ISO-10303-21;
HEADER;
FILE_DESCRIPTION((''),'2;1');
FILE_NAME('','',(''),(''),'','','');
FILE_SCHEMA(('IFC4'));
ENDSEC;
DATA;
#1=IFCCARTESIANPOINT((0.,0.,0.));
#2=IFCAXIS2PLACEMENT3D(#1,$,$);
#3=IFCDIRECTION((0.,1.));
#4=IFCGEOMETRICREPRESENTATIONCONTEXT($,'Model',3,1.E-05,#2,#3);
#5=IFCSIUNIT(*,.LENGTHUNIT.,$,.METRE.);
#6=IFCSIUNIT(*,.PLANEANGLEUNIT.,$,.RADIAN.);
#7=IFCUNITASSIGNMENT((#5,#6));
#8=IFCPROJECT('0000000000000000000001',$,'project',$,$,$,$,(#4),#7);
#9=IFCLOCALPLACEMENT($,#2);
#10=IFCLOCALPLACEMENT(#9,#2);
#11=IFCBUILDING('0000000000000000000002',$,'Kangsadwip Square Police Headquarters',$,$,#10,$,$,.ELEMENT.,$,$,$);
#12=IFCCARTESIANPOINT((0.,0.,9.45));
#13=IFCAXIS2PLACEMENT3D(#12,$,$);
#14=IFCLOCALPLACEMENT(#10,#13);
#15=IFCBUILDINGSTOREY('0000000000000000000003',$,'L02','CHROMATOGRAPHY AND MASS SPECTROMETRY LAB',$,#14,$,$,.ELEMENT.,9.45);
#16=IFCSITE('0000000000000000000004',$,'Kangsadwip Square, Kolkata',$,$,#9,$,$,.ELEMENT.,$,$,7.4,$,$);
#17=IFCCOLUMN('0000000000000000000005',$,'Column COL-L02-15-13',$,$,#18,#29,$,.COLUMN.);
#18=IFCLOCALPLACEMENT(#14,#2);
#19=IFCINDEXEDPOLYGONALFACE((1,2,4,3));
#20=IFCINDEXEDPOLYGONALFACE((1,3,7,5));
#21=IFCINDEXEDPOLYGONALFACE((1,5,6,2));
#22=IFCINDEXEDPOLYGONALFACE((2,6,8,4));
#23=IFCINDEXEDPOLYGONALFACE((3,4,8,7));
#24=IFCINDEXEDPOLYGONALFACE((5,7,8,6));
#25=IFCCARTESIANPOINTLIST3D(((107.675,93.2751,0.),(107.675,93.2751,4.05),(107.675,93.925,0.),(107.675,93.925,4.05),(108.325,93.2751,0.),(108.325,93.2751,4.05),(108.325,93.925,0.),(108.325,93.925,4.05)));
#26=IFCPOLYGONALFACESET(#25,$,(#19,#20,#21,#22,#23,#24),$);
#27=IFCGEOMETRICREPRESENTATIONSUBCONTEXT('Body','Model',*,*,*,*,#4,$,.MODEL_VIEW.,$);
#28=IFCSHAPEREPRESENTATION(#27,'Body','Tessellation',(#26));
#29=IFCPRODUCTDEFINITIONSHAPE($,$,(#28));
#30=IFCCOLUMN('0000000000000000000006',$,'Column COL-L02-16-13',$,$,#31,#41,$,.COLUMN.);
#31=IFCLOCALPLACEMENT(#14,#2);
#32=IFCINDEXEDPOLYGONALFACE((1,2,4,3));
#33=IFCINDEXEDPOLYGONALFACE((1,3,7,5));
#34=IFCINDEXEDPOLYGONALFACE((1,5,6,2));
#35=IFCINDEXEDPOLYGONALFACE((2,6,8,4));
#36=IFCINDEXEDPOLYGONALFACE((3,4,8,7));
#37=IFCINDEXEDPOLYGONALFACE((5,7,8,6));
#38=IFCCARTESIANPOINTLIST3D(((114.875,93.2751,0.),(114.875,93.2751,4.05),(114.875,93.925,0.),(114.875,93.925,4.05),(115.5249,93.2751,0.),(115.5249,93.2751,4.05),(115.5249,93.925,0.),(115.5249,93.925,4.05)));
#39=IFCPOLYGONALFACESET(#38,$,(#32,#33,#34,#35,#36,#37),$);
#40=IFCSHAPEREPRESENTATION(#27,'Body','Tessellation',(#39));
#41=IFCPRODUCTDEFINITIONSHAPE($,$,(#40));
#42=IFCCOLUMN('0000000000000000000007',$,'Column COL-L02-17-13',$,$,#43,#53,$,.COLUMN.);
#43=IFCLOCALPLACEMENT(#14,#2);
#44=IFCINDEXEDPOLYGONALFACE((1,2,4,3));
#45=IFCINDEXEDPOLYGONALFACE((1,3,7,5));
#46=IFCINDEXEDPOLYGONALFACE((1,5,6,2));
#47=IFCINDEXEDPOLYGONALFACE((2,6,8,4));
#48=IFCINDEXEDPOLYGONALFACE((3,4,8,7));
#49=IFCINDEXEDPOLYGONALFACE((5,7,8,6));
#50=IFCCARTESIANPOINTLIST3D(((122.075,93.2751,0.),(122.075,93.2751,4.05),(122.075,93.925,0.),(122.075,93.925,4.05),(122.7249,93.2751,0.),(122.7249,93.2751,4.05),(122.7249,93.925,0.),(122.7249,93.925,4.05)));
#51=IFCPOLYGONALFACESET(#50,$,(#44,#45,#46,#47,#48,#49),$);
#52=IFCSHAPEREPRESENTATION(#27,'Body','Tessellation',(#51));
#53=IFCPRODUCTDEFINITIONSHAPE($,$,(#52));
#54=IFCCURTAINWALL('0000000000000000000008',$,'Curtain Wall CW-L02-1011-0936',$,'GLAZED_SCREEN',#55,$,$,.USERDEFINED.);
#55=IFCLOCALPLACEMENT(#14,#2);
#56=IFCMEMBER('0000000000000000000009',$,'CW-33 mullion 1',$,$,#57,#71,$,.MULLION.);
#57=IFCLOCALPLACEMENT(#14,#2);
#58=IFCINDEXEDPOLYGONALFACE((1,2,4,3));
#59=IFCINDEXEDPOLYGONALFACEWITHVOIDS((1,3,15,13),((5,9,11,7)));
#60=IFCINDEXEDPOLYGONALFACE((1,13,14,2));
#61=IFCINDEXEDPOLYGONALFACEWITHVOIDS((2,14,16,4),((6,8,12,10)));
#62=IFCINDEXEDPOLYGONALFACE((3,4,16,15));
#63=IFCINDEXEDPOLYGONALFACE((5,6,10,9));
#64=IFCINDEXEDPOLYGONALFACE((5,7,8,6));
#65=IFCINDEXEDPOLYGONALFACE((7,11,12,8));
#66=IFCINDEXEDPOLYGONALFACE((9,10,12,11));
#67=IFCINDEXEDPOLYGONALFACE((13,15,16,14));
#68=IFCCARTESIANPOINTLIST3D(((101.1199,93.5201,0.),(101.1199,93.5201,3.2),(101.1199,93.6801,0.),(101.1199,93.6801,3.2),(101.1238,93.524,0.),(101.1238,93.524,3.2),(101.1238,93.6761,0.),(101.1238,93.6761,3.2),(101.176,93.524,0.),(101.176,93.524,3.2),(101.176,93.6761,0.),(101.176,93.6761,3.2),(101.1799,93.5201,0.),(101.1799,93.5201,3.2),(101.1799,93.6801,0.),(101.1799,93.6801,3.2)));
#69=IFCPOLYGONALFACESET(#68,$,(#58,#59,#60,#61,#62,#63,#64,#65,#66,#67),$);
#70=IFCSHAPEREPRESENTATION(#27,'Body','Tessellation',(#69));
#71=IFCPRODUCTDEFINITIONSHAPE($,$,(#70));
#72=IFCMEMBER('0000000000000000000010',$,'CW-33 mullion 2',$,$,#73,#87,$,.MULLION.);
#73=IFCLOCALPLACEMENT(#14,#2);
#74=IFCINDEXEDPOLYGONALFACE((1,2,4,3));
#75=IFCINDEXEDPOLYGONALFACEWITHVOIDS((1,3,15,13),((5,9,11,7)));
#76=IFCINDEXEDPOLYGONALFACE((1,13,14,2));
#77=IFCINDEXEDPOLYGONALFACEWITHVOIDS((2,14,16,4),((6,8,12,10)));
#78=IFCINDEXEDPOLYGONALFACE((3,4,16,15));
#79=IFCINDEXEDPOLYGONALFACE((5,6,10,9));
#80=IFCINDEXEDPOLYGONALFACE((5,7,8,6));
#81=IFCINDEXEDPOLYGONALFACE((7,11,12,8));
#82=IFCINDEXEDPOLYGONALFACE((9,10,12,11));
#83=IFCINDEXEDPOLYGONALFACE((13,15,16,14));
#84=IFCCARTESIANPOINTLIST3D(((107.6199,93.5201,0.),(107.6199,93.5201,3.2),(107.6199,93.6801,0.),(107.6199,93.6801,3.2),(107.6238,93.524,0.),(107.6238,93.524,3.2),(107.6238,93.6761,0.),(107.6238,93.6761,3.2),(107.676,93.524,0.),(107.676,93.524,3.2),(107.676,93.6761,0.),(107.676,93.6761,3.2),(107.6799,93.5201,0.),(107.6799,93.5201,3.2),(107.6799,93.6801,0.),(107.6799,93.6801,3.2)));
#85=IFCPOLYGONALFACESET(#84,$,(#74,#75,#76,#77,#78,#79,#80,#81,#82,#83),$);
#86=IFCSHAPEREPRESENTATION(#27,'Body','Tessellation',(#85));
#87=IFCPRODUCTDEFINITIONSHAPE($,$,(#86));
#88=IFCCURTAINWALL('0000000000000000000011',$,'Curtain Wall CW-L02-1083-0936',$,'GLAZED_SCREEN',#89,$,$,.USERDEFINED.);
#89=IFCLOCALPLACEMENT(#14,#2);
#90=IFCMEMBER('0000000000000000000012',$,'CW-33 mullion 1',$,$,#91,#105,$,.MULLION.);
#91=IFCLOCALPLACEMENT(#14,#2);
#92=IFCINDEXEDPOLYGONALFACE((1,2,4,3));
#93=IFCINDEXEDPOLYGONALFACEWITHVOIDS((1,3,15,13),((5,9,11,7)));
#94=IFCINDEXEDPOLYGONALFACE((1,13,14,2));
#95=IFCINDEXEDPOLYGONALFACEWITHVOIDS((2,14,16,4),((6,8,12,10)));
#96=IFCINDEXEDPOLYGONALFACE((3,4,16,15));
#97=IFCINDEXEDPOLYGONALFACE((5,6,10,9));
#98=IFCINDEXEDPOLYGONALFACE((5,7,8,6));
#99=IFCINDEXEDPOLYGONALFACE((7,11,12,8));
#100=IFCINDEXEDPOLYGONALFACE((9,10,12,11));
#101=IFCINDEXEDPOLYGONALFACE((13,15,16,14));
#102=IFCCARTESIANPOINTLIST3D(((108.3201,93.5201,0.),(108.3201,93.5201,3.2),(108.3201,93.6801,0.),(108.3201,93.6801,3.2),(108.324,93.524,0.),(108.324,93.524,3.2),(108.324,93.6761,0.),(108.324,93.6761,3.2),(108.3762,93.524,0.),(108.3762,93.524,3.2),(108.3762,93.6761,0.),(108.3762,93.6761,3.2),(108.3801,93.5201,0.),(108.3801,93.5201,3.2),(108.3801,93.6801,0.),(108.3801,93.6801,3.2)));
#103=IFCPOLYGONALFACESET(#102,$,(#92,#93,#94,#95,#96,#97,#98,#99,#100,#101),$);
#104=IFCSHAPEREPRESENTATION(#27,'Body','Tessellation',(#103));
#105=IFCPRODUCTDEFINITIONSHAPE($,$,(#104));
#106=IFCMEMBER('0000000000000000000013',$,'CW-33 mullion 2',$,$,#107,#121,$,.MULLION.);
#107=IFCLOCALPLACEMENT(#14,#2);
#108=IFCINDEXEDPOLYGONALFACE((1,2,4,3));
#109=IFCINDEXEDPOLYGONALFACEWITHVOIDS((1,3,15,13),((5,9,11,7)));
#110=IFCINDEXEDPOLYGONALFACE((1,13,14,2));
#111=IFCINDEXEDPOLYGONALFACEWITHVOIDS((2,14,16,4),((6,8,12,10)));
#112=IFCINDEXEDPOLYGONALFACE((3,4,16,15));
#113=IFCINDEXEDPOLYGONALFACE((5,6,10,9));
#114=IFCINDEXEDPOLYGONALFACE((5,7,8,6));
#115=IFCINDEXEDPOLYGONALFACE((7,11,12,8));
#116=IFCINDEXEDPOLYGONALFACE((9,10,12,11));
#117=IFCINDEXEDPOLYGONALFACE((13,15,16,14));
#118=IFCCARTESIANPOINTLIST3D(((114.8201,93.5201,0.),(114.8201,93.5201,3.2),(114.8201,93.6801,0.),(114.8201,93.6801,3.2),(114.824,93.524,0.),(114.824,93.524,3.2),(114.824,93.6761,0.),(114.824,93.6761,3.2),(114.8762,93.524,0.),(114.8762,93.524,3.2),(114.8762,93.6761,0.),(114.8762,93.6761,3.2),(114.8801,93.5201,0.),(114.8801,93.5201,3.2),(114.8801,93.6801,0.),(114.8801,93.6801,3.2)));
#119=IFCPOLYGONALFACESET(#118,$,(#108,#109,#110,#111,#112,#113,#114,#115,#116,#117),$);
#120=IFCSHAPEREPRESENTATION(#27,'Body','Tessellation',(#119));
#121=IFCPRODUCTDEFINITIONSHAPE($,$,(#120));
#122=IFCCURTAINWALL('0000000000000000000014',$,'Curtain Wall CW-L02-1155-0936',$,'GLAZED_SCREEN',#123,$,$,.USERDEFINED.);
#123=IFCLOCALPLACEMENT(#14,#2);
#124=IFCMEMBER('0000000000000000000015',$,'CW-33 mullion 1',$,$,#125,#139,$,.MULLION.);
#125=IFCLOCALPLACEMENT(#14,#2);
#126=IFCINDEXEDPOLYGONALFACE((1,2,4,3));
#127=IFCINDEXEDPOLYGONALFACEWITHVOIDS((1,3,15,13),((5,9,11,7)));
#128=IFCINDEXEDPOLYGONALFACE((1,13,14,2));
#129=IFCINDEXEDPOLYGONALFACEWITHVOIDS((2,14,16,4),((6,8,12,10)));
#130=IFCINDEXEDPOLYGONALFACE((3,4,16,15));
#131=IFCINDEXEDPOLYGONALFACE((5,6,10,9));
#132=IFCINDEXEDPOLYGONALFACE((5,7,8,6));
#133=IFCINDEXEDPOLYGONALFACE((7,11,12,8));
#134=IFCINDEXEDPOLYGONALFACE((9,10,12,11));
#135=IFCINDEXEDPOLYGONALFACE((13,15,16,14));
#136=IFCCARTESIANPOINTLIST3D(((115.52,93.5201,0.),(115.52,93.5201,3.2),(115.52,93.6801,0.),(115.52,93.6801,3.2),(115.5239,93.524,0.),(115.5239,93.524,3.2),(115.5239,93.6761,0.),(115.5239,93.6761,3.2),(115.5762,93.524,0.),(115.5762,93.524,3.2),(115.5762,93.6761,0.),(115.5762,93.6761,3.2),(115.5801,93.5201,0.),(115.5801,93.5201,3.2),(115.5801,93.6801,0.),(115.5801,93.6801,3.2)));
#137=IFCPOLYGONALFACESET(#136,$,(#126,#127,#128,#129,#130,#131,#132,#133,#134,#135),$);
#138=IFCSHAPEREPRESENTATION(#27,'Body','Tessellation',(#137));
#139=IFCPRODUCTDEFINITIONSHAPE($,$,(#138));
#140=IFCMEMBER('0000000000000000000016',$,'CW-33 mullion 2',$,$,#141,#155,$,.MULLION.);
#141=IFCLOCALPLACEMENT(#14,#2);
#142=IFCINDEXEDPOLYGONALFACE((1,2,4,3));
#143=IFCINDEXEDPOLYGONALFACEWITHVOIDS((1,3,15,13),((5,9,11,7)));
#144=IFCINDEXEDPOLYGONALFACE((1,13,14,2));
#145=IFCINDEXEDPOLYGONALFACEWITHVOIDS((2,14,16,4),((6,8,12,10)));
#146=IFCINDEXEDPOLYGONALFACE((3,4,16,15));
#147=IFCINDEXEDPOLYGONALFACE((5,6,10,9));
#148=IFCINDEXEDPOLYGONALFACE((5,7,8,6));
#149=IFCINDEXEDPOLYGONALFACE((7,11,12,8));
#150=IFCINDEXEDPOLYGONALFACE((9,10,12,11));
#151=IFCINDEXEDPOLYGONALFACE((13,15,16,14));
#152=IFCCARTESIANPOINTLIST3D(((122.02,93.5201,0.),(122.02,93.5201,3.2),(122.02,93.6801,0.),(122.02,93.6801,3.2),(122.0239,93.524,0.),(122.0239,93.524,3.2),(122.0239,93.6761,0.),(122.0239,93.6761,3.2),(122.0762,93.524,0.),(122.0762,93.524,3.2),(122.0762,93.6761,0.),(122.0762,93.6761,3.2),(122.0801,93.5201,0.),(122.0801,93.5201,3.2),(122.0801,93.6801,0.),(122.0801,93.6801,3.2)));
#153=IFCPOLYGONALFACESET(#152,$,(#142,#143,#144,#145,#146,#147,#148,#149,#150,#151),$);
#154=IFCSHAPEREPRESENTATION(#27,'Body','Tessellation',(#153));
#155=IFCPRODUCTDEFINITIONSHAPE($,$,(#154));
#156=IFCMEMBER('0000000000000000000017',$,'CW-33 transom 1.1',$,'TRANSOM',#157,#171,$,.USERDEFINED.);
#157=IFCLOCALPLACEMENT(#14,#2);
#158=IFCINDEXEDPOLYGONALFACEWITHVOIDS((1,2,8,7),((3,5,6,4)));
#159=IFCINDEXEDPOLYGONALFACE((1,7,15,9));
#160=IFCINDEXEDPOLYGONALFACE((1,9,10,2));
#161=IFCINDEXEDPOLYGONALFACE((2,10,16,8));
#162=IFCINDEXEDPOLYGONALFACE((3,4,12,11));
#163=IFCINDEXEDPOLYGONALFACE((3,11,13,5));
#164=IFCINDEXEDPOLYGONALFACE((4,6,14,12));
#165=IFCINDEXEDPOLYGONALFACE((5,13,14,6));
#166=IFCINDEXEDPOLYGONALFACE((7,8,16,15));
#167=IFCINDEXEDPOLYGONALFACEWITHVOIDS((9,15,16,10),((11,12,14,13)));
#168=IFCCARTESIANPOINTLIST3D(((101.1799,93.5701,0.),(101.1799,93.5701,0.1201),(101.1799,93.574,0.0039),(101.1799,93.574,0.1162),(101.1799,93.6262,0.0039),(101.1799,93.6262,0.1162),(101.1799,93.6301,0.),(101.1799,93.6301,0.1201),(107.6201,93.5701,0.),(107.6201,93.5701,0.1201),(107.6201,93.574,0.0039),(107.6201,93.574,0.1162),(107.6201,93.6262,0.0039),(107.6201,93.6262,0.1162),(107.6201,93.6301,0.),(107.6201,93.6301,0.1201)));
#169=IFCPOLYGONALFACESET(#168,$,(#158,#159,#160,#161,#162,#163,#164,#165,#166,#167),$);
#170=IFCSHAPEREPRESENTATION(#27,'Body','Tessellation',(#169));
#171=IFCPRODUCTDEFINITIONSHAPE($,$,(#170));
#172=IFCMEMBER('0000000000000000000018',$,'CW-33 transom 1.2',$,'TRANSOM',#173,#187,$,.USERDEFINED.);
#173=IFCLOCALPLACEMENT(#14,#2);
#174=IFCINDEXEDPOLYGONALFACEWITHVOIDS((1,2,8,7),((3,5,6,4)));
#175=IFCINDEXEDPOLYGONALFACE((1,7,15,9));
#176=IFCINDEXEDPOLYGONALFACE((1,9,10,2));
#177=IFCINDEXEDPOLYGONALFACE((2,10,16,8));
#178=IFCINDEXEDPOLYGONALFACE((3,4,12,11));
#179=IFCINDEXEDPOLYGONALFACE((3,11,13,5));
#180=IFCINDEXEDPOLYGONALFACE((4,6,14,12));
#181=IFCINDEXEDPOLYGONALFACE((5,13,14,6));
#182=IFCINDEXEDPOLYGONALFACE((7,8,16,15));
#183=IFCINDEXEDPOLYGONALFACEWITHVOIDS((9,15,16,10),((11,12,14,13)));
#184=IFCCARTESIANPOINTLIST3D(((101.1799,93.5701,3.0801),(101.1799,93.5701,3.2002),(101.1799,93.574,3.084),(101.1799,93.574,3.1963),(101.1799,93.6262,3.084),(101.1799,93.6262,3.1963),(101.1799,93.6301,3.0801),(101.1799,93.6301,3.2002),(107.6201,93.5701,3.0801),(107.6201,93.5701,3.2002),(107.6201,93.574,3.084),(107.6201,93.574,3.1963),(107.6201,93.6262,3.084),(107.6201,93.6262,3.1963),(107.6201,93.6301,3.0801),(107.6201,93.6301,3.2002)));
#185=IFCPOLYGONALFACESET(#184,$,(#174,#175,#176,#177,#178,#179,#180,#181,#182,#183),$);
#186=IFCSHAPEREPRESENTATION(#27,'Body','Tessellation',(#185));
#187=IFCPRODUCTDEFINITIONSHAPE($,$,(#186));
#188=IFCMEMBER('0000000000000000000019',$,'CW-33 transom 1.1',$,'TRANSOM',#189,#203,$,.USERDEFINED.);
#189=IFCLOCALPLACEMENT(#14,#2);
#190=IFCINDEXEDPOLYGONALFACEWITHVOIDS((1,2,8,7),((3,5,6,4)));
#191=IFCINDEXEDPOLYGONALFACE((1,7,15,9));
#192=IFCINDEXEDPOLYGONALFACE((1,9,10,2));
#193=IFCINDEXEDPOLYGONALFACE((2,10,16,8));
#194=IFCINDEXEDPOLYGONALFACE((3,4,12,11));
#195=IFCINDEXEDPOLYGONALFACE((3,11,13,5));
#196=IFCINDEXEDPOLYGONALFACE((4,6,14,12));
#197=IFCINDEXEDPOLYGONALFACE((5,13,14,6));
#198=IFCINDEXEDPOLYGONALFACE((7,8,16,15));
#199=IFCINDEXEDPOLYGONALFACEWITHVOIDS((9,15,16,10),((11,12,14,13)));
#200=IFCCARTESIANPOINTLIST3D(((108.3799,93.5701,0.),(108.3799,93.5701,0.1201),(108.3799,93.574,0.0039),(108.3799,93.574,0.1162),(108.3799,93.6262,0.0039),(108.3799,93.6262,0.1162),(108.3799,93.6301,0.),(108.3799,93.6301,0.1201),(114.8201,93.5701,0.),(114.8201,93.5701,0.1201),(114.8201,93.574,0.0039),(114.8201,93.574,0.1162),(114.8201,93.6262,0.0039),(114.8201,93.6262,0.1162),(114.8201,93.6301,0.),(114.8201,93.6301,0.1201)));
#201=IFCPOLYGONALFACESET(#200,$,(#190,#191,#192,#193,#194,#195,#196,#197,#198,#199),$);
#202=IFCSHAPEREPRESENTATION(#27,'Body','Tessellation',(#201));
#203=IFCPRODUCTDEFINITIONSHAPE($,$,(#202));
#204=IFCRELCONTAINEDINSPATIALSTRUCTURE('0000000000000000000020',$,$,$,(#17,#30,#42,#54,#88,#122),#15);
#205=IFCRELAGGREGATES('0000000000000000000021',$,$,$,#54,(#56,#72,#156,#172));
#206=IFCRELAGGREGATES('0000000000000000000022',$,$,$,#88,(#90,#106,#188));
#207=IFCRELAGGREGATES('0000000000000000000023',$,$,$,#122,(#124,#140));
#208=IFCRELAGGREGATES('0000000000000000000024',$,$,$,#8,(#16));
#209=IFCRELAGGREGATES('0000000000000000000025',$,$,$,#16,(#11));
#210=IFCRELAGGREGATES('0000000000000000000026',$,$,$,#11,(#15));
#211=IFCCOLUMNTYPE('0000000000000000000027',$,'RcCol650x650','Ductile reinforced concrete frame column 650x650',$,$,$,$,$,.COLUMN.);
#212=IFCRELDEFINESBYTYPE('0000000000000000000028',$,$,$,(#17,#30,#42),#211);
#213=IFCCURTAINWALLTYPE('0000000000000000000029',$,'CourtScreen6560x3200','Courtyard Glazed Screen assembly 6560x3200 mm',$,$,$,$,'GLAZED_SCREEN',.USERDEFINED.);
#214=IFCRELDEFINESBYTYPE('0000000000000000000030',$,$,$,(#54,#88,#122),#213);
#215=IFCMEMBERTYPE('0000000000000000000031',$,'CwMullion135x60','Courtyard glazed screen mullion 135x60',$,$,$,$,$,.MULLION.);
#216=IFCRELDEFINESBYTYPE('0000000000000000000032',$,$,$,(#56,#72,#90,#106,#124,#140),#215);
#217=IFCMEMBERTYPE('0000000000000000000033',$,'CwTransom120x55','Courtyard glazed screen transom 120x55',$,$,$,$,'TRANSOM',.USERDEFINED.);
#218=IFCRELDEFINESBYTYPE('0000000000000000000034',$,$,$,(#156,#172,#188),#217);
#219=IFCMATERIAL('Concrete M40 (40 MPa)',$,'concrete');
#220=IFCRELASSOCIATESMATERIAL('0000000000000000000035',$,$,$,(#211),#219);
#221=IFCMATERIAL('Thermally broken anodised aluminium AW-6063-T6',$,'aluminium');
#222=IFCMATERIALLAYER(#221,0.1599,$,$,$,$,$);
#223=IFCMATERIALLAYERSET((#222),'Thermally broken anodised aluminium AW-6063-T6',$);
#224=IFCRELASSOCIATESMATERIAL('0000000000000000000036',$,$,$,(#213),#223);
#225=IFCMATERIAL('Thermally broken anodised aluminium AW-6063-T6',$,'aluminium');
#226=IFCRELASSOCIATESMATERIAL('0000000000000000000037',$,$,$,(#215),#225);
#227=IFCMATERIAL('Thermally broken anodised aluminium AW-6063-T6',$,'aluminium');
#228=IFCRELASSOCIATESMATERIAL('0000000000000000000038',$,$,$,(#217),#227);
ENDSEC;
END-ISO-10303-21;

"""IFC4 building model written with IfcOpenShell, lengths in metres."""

from ifc_helpers import new_model, si_unit, direction, frame, origin, origin_2d, place, context, subcontext, project, spatial, rectangle, hollow_rectangle, extrude, material, layer, layer_set, material_profile, profile_set, type_object, element, aggregate, save


model = new_model("IFC4")

# Units and contexts
model_context = context("Model", 3, precision=1e-05, world=origin(), true_north=direction((0.0, 1.0)))
body_context = subcontext(model_context, "Body", "Model", "MODEL_VIEW")
ifc_project = project(units=[si_unit("LENGTHUNIT", "METRE"), si_unit("PLANEANGLEUNIT", "RADIAN")], contexts=[model_context])

# Site, building, storey
site_placement = place(None, origin())
site = spatial("IfcSite", under=ifc_project, at=site_placement, Name="Kangsadwip Square, Kolkata", CompositionType="ELEMENT", RefElevation=7.4)
building_placement = place(site_placement, origin())
building = spatial("IfcBuilding", under=site, at=building_placement, Name="Kangsadwip Square Police Headquarters", CompositionType="ELEMENT")
storey_placement = place(building_placement, frame((0.0, 0.0, 9.45)))
storey = spatial("IfcBuildingStorey", under=building, at=storey_placement, Name="L02", Description="CHROMATOGRAPHY AND MASS SPECTROMETRY LAB", CompositionType="ELEMENT", Elevation=9.45)

# Columns
ifc_material_1 = material(Name="Concrete M40 (40 MPa)", Category="concrete")
ifc_material_profile_1 = material_profile(ifc_material_1, rectangle(XDim=0.6499, YDim=0.6499, at=origin_2d()), Name="RC COL 650X650")
ifc_profile_set_1 = profile_set([ifc_material_profile_1], Name="Concrete M40 (40 MPa)")
column_type = type_object("IfcColumnType", Name="RcCol650x650", Description="Ductile reinforced concrete frame column 650x650", PredefinedType="COLUMN", material=ifc_profile_set_1)
for number, where, z_axis, x_axis, name in (
    (1, (108.0, 93.6001, 0.0), (0.0, 0.0, 1.0), (1.0, 0.0, 0.0), "Column COL-L02-15-13"),
    (2, (115.2, 93.6001, 0.0), (0.0, 0.0, 1.0), (1.0, 0.0, 0.0), "Column COL-L02-16-13"),
    (3, (122.3999, 93.6001, 0.0), (0.0, 0.0, 1.0), (1.0, 0.0, 0.0), "Column COL-L02-17-13"),
):
    element("IfcColumn", number, at=place(storey_placement, frame(where, z_axis=z_axis, x_axis=x_axis)), inside=storey, type_object=column_type, Name=name, PredefinedType="COLUMN", context=body_context, shape_type="SweptSolid", body=[
        extrude(rectangle(XDim=0.6499, YDim=0.6499, at=origin_2d()), origin(), (0.0, 0.0, 1.0), 4.05),
    ])

# Curtain walls, members
ifc_material_2 = material(Name="Thermally broken anodised aluminium AW-6063-T6", Category="aluminium")
ifc_layer_1 = layer(ifc_material_2, 0.1599)
ifc_layer_set_1 = layer_set([ifc_layer_1], Name="Thermally broken anodised aluminium AW-6063-T6")
curtain_wall_type = type_object("IfcCurtainWallType", Name="CourtScreen6560x3200", Description="Courtyard Glazed Screen assembly 6560x3200 mm", ElementType="GLAZED_SCREEN", PredefinedType="USERDEFINED", material=ifc_layer_set_1)
curtain_wall_1_placement = place(storey_placement, origin())
curtain_wall_1 = element("IfcCurtainWall", 4, at=curtain_wall_1_placement, inside=storey, type_object=curtain_wall_type, Name="Curtain Wall CW-L02-1011-0936", ObjectType="GLAZED_SCREEN", PredefinedType="USERDEFINED")
ifc_material_3 = material(Name="Thermally broken anodised aluminium AW-6063-T6", Category="aluminium")
ifc_material_profile_2 = material_profile(ifc_material_3, hollow_rectangle(XDim=0.0601, YDim=0.1599, WallThickness=0.0039, at=origin_2d()), Name="CWM 160X60X4")
ifc_profile_set_2 = profile_set([ifc_material_profile_2], Name="Thermally broken anodised aluminium AW-6063-T6")
member_type_1 = type_object("IfcMemberType", Name="CwMullion135x60", Description="Courtyard glazed screen mullion 135x60", PredefinedType="MULLION", material=ifc_profile_set_2)
member_1_placement = place(storey_placement, frame((101.1499, 93.6001, 0.0), z_axis=(0.0, 0.0, 1.0), x_axis=(1.0, 0.0, 0.0)))
member_1 = element("IfcMember", 5, at=member_1_placement, type_object=member_type_1, Name="CW-33 mullion 1", PredefinedType="MULLION", context=body_context, shape_type="SweptSolid", body=[
    extrude(hollow_rectangle(XDim=0.0601, YDim=0.1599, WallThickness=0.0039, at=origin_2d()), origin(), (0.0, 0.0, 1.0), 3.2),
])
member_2_placement = place(storey_placement, frame((107.6499, 93.6001, 0.0), z_axis=(0.0, 0.0, 1.0), x_axis=(1.0, 0.0, 0.0)))
member_2 = element("IfcMember", 6, at=member_2_placement, type_object=member_type_1, Name="CW-33 mullion 2", PredefinedType="MULLION", context=body_context, shape_type="SweptSolid", body=[
    extrude(hollow_rectangle(XDim=0.0601, YDim=0.1599, WallThickness=0.0039, at=origin_2d()), origin(), (0.0, 0.0, 1.0), 3.2),
])
curtain_wall_2_placement = place(storey_placement, origin())
curtain_wall_2 = element("IfcCurtainWall", 7, at=curtain_wall_2_placement, inside=storey, type_object=curtain_wall_type, Name="Curtain Wall CW-L02-1083-0936", ObjectType="GLAZED_SCREEN", PredefinedType="USERDEFINED")
member_3_placement = place(storey_placement, frame((108.3501, 93.6001, 0.0), z_axis=(0.0, 0.0, 1.0), x_axis=(1.0, 0.0, 0.0)))
member_3 = element("IfcMember", 8, at=member_3_placement, type_object=member_type_1, Name="CW-33 mullion 1", PredefinedType="MULLION", context=body_context, shape_type="SweptSolid", body=[
    extrude(hollow_rectangle(XDim=0.0601, YDim=0.1599, WallThickness=0.0039, at=origin_2d()), origin(), (0.0, 0.0, 1.0), 3.2),
])
member_4_placement = place(storey_placement, frame((114.8501, 93.6001, 0.0), z_axis=(0.0, 0.0, 1.0), x_axis=(1.0, 0.0, 0.0)))
member_4 = element("IfcMember", 9, at=member_4_placement, type_object=member_type_1, Name="CW-33 mullion 2", PredefinedType="MULLION", context=body_context, shape_type="SweptSolid", body=[
    extrude(hollow_rectangle(XDim=0.0601, YDim=0.1599, WallThickness=0.0039, at=origin_2d()), origin(), (0.0, 0.0, 1.0), 3.2),
])
curtain_wall_3_placement = place(storey_placement, origin())
curtain_wall_3 = element("IfcCurtainWall", 10, at=curtain_wall_3_placement, inside=storey, type_object=curtain_wall_type, Name="Curtain Wall CW-L02-1155-0936", ObjectType="GLAZED_SCREEN", PredefinedType="USERDEFINED")
member_5_placement = place(storey_placement, frame((115.55, 93.6001, 0.0), z_axis=(0.0, 0.0, 1.0), x_axis=(1.0, 0.0, 0.0)))
member_5 = element("IfcMember", 11, at=member_5_placement, type_object=member_type_1, Name="CW-33 mullion 1", PredefinedType="MULLION", context=body_context, shape_type="SweptSolid", body=[
    extrude(hollow_rectangle(XDim=0.0601, YDim=0.1599, WallThickness=0.0039, at=origin_2d()), origin(), (0.0, 0.0, 1.0), 3.2),
])
member_6_placement = place(storey_placement, frame((122.05, 93.6001, 0.0), z_axis=(0.0, 0.0, 1.0), x_axis=(1.0, 0.0, 0.0)))
member_6 = element("IfcMember", 12, at=member_6_placement, type_object=member_type_1, Name="CW-33 mullion 2", PredefinedType="MULLION", context=body_context, shape_type="SweptSolid", body=[
    extrude(hollow_rectangle(XDim=0.0601, YDim=0.1599, WallThickness=0.0039, at=origin_2d()), origin(), (0.0, 0.0, 1.0), 3.2),
])

# Members
ifc_material_4 = material(Name="Thermally broken anodised aluminium AW-6063-T6", Category="aluminium")
ifc_material_profile_3 = material_profile(ifc_material_4, hollow_rectangle(XDim=0.0601, YDim=0.1201, WallThickness=0.0039, at=origin_2d()), Name="CWT 120X60X4")
ifc_profile_set_3 = profile_set([ifc_material_profile_3], Name="Thermally broken anodised aluminium AW-6063-T6")
member_type_2 = type_object("IfcMemberType", Name="CwTransom120x55", Description="Courtyard glazed screen transom 120x55", ElementType="TRANSOM", PredefinedType="USERDEFINED", material=ifc_profile_set_3)
member_7_placement = place(storey_placement, frame((101.1799, 93.6001, 0.0601), z_axis=(1.0, 0.0, 0.0), x_axis=(0.0, 1.0, 0.0)))
member_7 = element("IfcMember", 13, at=member_7_placement, type_object=member_type_2, Name="CW-33 transom 1.1", ObjectType="TRANSOM", PredefinedType="USERDEFINED", context=body_context, shape_type="SweptSolid", body=[
    extrude(hollow_rectangle(XDim=0.0601, YDim=0.1201, WallThickness=0.0039, at=origin_2d()), origin(), (0.0, 0.0, 1.0), 6.4402),
])
member_8_placement = place(storey_placement, frame((101.1799, 93.6001, 3.1401), z_axis=(1.0, 0.0, 0.0), x_axis=(0.0, 1.0, 0.0)))
member_8 = element("IfcMember", 14, at=member_8_placement, type_object=member_type_2, Name="CW-33 transom 1.2", ObjectType="TRANSOM", PredefinedType="USERDEFINED", context=body_context, shape_type="SweptSolid", body=[
    extrude(hollow_rectangle(XDim=0.0601, YDim=0.1201, WallThickness=0.0039, at=origin_2d()), origin(), (0.0, 0.0, 1.0), 6.4402),
])
member_9_placement = place(storey_placement, frame((108.3799, 93.6001, 0.0601), z_axis=(1.0, 0.0, 0.0), x_axis=(0.0, 1.0, 0.0)))
member_9 = element("IfcMember", 15, at=member_9_placement, type_object=member_type_2, Name="CW-33 transom 1.1", ObjectType="TRANSOM", PredefinedType="USERDEFINED", context=body_context, shape_type="SweptSolid", body=[
    extrude(hollow_rectangle(XDim=0.0601, YDim=0.1201, WallThickness=0.0039, at=origin_2d()), origin(), (0.0, 0.0, 1.0), 6.4402),
])

aggregate(curtain_wall_1, [member_1, member_2, member_7, member_8])
aggregate(curtain_wall_2, [member_3, member_4, member_9])
aggregate(curtain_wall_3, [member_5, member_6])

save(model, "model.ifc")
